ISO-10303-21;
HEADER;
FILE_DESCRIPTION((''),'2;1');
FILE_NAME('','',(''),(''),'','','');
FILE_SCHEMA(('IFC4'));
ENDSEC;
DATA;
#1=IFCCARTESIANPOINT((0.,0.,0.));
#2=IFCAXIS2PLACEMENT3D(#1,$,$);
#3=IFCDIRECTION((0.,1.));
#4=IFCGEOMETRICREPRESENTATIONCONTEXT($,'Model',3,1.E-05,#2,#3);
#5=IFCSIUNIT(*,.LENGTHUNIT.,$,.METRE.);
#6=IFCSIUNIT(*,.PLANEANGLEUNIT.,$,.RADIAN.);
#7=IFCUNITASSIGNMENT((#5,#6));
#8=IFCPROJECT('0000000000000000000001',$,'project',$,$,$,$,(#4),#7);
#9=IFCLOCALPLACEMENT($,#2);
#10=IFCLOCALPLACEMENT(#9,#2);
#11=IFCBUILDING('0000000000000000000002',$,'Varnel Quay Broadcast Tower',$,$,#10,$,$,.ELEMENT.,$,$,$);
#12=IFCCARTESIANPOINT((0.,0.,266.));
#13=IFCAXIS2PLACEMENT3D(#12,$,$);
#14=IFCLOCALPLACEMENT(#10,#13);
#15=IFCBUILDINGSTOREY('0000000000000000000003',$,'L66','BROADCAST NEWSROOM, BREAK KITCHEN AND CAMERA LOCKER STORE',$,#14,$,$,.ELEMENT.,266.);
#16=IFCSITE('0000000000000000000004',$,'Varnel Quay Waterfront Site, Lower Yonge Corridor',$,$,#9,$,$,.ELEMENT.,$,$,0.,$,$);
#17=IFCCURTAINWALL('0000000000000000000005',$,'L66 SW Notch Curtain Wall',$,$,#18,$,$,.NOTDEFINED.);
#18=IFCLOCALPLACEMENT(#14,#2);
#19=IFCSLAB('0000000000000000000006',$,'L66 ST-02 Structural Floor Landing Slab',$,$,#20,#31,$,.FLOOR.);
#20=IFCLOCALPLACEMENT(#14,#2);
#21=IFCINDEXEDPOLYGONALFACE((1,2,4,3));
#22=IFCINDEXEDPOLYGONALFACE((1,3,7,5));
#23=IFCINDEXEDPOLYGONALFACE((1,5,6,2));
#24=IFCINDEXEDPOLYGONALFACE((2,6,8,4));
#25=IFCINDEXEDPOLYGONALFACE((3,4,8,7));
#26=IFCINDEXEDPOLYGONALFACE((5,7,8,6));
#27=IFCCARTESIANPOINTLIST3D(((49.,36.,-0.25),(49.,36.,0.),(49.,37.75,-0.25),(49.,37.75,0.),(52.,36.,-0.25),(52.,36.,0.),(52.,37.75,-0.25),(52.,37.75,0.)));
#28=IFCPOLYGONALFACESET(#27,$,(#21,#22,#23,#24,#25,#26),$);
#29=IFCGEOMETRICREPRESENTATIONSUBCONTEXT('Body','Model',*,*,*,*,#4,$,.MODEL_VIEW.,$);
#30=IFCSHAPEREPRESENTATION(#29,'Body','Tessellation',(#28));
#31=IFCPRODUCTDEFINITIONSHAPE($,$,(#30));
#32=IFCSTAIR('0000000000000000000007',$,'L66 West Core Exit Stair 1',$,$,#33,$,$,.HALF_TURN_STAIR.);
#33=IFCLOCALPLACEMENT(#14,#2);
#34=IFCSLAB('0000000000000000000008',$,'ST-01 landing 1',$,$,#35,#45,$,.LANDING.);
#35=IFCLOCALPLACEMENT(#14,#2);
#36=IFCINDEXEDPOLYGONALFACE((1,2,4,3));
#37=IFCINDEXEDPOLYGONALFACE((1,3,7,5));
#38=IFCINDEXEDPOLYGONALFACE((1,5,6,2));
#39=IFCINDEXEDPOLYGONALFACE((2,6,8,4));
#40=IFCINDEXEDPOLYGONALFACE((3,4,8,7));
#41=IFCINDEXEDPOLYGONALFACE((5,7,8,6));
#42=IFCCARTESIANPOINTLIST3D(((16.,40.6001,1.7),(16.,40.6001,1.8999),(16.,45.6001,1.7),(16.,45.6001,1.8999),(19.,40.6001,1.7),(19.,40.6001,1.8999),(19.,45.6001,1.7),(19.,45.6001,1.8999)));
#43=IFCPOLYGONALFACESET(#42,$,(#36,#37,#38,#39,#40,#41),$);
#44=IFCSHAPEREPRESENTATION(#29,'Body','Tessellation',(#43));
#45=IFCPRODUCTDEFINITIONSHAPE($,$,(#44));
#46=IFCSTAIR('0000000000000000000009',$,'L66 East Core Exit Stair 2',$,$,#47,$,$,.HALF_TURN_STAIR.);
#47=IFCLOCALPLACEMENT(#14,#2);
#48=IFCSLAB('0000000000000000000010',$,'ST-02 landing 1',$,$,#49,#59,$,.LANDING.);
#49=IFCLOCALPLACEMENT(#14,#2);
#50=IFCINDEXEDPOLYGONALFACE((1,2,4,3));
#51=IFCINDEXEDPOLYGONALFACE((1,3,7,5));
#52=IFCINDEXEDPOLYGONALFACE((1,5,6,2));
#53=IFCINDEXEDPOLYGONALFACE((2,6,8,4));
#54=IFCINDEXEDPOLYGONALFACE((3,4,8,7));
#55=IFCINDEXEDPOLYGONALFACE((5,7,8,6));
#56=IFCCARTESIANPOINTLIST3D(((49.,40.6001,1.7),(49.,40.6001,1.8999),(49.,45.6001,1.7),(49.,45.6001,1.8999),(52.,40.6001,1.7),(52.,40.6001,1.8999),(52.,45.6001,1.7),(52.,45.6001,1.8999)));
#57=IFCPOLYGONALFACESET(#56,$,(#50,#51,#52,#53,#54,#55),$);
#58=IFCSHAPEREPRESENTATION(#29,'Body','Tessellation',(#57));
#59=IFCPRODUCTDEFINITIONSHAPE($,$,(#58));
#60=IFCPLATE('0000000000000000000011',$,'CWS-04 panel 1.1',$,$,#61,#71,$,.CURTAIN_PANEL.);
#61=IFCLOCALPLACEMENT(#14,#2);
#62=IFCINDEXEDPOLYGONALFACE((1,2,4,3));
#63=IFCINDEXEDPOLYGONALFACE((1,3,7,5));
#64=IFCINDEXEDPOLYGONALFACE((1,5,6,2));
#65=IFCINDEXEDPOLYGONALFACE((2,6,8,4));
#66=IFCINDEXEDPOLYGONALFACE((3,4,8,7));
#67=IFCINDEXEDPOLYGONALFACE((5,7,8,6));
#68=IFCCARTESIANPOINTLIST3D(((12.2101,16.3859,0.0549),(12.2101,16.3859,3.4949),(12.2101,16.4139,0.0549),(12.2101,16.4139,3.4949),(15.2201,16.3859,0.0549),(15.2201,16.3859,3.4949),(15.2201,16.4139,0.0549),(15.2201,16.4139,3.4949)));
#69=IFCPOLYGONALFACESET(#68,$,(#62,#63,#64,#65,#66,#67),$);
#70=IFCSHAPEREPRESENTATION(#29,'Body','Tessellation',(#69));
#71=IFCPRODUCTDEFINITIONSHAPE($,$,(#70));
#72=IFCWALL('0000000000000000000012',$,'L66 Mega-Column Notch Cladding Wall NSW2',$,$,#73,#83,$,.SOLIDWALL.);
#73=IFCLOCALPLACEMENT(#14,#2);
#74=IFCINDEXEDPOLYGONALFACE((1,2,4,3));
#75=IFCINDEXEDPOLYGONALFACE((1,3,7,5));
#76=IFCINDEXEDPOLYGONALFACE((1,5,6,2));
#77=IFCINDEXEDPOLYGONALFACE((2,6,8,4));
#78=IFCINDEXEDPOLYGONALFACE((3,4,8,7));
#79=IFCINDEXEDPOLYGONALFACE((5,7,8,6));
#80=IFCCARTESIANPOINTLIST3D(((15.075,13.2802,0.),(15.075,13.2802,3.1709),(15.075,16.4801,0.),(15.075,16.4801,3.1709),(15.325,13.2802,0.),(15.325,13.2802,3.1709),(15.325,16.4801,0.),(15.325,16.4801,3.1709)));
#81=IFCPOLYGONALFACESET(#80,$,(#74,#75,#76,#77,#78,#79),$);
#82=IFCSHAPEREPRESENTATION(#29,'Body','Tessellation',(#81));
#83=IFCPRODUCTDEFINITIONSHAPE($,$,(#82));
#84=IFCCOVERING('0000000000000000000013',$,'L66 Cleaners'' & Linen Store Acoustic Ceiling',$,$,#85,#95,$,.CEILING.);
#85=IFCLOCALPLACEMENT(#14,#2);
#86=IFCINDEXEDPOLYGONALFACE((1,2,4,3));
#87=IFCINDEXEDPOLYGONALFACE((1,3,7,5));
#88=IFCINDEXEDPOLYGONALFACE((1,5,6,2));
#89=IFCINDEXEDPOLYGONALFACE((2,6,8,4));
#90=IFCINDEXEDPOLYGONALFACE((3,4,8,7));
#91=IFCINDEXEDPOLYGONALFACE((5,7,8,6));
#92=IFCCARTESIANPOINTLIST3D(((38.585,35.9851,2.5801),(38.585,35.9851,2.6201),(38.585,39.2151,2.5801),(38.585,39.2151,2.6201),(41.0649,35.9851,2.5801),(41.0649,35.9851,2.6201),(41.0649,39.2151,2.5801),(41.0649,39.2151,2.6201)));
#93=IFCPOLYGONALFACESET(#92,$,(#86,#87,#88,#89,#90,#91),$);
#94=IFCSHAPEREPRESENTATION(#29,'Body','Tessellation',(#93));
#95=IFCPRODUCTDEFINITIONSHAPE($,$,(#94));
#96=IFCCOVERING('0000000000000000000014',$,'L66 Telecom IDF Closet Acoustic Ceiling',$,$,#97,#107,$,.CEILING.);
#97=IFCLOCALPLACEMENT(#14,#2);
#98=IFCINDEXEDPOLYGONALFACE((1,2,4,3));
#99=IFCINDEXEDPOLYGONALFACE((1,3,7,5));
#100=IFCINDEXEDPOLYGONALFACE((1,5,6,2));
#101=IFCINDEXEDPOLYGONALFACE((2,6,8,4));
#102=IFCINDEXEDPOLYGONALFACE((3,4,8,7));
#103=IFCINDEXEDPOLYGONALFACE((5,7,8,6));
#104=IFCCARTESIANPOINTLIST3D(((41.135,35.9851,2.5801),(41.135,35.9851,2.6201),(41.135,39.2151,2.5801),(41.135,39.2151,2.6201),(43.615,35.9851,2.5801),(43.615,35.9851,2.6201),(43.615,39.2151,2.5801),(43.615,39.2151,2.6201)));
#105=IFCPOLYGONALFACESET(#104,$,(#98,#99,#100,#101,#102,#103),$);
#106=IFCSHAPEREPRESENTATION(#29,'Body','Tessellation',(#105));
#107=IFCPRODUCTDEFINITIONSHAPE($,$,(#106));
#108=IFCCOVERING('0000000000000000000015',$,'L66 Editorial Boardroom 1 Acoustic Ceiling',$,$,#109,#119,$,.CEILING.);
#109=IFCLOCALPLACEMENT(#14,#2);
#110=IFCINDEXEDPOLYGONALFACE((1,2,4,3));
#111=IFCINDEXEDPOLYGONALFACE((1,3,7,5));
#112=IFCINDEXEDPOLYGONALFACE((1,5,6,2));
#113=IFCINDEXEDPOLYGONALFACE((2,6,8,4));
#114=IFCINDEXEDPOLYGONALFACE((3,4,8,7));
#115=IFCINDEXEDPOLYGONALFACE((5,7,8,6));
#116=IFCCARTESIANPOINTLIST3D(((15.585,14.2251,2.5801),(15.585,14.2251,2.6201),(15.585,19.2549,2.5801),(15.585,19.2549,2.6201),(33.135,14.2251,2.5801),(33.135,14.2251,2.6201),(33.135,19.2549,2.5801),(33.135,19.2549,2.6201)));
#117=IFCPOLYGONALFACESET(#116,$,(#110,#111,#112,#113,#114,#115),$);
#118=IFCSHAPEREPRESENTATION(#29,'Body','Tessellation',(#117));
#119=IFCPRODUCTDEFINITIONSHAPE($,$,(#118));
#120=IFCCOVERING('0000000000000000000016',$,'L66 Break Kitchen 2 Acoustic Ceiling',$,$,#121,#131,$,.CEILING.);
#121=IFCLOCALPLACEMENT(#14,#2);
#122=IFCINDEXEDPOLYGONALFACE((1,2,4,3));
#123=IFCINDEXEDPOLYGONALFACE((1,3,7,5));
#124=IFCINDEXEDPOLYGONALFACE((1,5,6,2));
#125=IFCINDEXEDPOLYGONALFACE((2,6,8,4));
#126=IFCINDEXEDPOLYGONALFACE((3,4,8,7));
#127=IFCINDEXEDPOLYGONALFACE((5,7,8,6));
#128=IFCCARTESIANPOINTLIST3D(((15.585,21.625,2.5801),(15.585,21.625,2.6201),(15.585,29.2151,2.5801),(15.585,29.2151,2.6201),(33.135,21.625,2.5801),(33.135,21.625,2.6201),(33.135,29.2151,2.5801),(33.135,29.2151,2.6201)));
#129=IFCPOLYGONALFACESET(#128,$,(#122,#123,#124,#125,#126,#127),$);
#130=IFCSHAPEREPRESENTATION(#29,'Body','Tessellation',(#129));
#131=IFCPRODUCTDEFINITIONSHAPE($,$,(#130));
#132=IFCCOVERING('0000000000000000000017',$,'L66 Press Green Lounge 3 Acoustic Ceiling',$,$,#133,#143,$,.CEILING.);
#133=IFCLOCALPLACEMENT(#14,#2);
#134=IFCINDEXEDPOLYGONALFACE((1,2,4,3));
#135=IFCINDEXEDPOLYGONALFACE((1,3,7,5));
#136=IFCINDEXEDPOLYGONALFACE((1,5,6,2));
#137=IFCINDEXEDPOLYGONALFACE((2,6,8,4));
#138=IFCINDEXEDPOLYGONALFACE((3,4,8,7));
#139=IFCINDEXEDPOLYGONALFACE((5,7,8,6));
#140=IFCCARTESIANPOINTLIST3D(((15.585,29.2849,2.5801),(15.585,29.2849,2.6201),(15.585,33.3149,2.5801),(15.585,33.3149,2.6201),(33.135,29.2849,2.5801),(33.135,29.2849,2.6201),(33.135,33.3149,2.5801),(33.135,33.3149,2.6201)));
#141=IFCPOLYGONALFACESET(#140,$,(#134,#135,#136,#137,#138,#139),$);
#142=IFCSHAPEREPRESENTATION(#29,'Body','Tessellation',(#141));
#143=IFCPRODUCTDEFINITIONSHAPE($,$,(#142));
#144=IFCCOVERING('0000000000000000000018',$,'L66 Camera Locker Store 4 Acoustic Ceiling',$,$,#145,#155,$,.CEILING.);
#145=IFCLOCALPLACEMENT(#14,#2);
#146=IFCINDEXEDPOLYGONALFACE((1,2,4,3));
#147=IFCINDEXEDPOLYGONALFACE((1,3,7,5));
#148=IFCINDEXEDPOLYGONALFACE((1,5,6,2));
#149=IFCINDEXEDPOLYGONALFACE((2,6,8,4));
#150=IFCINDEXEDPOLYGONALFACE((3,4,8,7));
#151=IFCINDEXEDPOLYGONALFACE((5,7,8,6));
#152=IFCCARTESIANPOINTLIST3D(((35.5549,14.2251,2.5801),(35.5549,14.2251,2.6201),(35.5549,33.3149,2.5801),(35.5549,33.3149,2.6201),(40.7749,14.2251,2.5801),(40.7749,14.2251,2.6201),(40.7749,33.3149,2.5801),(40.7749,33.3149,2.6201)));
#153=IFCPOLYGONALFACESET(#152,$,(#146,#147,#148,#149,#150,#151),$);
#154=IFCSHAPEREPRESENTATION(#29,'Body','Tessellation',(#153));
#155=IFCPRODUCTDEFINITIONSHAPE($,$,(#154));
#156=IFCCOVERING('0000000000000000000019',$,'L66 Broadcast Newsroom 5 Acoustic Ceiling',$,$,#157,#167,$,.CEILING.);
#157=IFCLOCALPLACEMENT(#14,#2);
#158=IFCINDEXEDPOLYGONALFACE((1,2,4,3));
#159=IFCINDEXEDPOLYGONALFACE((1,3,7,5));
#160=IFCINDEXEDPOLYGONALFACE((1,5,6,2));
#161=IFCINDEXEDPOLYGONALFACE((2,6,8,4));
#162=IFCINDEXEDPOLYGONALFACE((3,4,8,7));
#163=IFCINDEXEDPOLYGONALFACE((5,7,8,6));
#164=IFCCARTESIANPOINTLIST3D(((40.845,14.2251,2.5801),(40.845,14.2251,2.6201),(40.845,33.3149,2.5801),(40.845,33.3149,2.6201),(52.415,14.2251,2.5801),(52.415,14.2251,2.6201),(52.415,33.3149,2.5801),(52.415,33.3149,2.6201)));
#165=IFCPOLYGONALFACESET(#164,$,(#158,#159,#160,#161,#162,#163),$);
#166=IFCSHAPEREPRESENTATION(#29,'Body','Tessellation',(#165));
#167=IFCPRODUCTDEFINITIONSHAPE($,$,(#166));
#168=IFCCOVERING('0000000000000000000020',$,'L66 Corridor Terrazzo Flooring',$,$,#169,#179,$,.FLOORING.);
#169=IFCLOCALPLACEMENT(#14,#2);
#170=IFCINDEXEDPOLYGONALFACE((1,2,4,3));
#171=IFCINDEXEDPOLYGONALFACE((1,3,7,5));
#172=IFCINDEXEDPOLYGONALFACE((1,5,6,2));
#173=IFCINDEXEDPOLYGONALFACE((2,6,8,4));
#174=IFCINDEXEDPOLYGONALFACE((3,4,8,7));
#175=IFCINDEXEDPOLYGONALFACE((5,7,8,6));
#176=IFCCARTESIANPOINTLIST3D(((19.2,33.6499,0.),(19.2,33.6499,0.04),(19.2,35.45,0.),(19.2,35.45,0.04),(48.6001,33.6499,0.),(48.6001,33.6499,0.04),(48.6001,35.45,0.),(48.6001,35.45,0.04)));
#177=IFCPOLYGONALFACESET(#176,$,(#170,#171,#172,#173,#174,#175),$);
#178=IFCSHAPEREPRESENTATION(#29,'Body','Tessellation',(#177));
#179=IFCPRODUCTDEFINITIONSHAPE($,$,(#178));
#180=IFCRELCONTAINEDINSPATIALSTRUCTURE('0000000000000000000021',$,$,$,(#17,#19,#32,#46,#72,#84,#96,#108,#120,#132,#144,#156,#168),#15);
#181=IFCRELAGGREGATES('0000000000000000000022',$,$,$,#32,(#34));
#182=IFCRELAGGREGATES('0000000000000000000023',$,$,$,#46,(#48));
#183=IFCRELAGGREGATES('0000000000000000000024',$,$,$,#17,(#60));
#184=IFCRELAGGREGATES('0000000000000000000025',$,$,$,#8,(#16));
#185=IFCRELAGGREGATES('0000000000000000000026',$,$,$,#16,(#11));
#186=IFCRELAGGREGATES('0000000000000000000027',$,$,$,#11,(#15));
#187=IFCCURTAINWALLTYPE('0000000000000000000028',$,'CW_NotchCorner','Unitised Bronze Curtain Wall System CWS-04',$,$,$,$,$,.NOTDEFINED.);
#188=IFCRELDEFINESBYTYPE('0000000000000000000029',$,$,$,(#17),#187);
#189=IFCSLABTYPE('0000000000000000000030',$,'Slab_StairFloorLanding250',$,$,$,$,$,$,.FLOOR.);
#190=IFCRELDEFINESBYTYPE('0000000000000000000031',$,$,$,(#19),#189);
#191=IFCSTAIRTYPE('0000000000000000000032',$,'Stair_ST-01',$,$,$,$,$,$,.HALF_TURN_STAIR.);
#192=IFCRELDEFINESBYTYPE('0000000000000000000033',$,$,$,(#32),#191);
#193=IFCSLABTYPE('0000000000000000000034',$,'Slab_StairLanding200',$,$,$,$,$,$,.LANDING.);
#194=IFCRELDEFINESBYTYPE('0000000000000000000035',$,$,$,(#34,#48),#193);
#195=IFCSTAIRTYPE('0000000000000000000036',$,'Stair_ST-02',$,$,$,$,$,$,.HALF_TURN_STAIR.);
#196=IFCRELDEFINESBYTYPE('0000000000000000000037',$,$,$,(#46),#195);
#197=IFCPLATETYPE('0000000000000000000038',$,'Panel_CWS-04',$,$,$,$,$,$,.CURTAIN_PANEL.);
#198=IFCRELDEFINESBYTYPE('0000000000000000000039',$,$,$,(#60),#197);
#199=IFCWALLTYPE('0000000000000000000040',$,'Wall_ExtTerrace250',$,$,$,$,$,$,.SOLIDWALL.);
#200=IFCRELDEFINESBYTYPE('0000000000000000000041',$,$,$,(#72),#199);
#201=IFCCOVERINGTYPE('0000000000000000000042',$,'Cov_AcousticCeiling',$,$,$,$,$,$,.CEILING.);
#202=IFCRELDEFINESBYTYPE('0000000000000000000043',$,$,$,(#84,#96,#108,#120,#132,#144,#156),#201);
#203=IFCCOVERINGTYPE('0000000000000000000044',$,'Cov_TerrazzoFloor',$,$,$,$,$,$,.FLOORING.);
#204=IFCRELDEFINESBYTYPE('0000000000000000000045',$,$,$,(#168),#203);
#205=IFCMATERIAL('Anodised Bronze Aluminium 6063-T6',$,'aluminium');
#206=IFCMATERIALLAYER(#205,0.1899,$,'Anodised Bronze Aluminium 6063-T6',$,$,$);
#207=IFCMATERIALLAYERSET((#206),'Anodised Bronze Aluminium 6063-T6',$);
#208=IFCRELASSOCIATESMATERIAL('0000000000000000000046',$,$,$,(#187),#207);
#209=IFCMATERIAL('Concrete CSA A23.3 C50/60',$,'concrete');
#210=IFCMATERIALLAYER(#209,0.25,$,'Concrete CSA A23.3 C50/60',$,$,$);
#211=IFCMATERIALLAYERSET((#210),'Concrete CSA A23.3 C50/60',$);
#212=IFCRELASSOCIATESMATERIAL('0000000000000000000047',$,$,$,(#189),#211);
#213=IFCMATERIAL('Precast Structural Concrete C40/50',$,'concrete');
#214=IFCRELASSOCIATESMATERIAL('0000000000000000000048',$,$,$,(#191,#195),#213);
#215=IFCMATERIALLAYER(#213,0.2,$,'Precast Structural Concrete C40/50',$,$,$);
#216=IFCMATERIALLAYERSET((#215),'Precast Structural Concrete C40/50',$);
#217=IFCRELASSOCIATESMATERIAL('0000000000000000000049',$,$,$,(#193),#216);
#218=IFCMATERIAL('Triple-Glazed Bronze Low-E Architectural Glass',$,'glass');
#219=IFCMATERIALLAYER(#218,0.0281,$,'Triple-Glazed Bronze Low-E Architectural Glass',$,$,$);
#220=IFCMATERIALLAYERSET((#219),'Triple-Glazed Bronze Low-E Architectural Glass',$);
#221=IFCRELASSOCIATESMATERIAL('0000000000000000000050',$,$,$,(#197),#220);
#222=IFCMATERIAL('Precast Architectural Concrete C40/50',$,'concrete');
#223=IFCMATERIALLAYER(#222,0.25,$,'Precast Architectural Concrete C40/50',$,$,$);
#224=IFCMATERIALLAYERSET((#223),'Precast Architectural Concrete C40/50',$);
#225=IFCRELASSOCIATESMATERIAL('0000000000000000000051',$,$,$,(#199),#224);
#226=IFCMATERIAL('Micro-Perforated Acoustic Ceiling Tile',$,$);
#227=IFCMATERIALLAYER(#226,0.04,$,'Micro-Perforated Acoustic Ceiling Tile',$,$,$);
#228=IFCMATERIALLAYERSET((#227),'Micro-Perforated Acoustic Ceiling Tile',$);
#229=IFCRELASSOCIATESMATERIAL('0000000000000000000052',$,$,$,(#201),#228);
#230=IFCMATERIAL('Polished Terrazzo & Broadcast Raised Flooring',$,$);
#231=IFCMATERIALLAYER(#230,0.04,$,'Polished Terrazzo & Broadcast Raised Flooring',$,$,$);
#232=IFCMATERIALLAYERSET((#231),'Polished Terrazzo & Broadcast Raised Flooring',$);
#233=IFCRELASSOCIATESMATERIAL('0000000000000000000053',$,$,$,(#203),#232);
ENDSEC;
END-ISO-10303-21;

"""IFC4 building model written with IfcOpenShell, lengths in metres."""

from ifc_helpers import new_model, si_unit, direction, frame, frame_2d, origin, origin_2d, place, context, subcontext, project, spatial, polyline, rectangle, outline, extrude, source, transform, mapped, material, layer, layer_set, type_object, type_shapes, element, aggregate, save


model = new_model("IFC4")

# Units and contexts
model_context = context("Model", 3, precision=1e-05, world=origin(), true_north=direction((0.0, 1.0)))
body_context = subcontext(model_context, "Body", "Model", "MODEL_VIEW")
ifc_project = project(units=[si_unit("LENGTHUNIT", "METRE"), si_unit("PLANEANGLEUNIT", "RADIAN")], contexts=[model_context])

# Site, building, storey
site_placement = place(None, origin())
site = spatial("IfcSite", under=ifc_project, at=site_placement, Name="Varnel Quay Waterfront Site, Lower Yonge Corridor", CompositionType="ELEMENT", RefElevation=0.0)
building_placement = place(site_placement, origin())
building = spatial("IfcBuilding", under=site, at=building_placement, Name="Varnel Quay Broadcast Tower", CompositionType="ELEMENT")
storey_placement = place(building_placement, frame((0.0, 0.0, 266.0)))
storey = spatial("IfcBuildingStorey", under=building, at=storey_placement, Name="L66", Description="BROADCAST NEWSROOM, BREAK KITCHEN AND CAMERA LOCKER STORE", CompositionType="ELEMENT", Elevation=266.0)

# Curtain wall
ifc_material_1 = material(Name="Anodised Bronze Aluminium 6063-T6", Category="aluminium")
ifc_layer_1 = layer(ifc_material_1, 0.1899, Name="Anodised Bronze Aluminium 6063-T6")
ifc_layer_set_1 = layer_set([ifc_layer_1], Name="Anodised Bronze Aluminium 6063-T6")
curtain_wall_type_1 = type_object("IfcCurtainWallType", Name="CW_NotchCorner", Description="Unitised Bronze Curtain Wall System CWS-04", PredefinedType="NOTDEFINED", material=ifc_layer_set_1)
curtain_wall_1_placement = place(storey_placement, origin())
curtain_wall_1 = element("IfcCurtainWall", 1, at=curtain_wall_1_placement, inside=storey, type_object=curtain_wall_type_1, Name="L66 SW Notch Curtain Wall", PredefinedType="NOTDEFINED")

# Slab
ifc_material_2 = material(Name="Concrete CSA A23.3 C50/60", Category="concrete")
ifc_layer_2 = layer(ifc_material_2, 0.25, Name="Concrete CSA A23.3 C50/60")
ifc_layer_set_2 = layer_set([ifc_layer_2], Name="Concrete CSA A23.3 C50/60")
slab_type_1 = type_object("IfcSlabType", Name="Slab_StairFloorLanding250", PredefinedType="FLOOR", material=ifc_layer_set_2)
slab_1_placement = place(storey_placement, frame((0.0, 0.0, -0.25)))
element("IfcSlab", 2, at=slab_1_placement, inside=storey, type_object=slab_type_1, Name="L66 ST-02 Structural Floor Landing Slab", PredefinedType="FLOOR", context=body_context, shape_type="SweptSolid", body=[
    extrude(outline(polyline([(52.0, 36.0), (52.0, 37.75), (49.0, 37.75), (49.0, 36.0), (52.0, 36.0)])), origin(), (0.0, 0.0, 1.0), 0.25),
])

# Stairs, slabs
ifc_material_3 = material(Name="Precast Structural Concrete C40/50", Category="concrete")
stair_type_1 = type_object("IfcStairType", Name="Stair_ST-01", PredefinedType="HALF_TURN_STAIR", material=ifc_material_3)
stair_1_placement = place(storey_placement, origin())
stair_1 = element("IfcStair", 3, at=stair_1_placement, inside=storey, type_object=stair_type_1, Name="L66 West Core Exit Stair 1", PredefinedType="HALF_TURN_STAIR")
ifc_layer_3 = layer(ifc_material_3, 0.2, Name="Precast Structural Concrete C40/50")
ifc_layer_set_3 = layer_set([ifc_layer_3], Name="Precast Structural Concrete C40/50")
slab_type_2 = type_object("IfcSlabType", Name="Slab_StairLanding200", PredefinedType="LANDING", material=ifc_layer_set_3)
slab_2_placement = place(storey_placement, frame((0.0, 0.0, 1.7)))
slab_2 = element("IfcSlab", 4, at=slab_2_placement, type_object=slab_type_2, Name="ST-01 landing 1", PredefinedType="LANDING", context=body_context, shape_type="SweptSolid", body=[
    extrude(outline(polyline([(19.0, 40.6001), (19.0, 45.6001), (16.0, 45.6001), (16.0, 40.6001), (19.0, 40.6001)])), origin(), (0.0, 0.0, 1.0), 0.2),
])
aggregate(stair_1, [slab_2])
stair_type_2 = type_object("IfcStairType", Name="Stair_ST-02", PredefinedType="HALF_TURN_STAIR", material=ifc_material_3)
stair_2_placement = place(storey_placement, origin())
stair_2 = element("IfcStair", 5, at=stair_2_placement, inside=storey, type_object=stair_type_2, Name="L66 East Core Exit Stair 2", PredefinedType="HALF_TURN_STAIR")
slab_3_placement = place(storey_placement, frame((0.0, 0.0, 1.7)))
slab_3 = element("IfcSlab", 6, at=slab_3_placement, type_object=slab_type_2, Name="ST-02 landing 1", PredefinedType="LANDING", context=body_context, shape_type="SweptSolid", body=[
    extrude(outline(polyline([(52.0, 40.6001), (52.0, 45.6001), (49.0, 45.6001), (49.0, 40.6001), (52.0, 40.6001)])), origin(), (0.0, 0.0, 1.0), 0.2),
])
aggregate(stair_2, [slab_3])

# Plate
ifc_material_4 = material(Name="Triple-Glazed Bronze Low-E Architectural Glass", Category="glass")
ifc_layer_4 = layer(ifc_material_4, 0.0281, Name="Triple-Glazed Bronze Low-E Architectural Glass")
ifc_layer_set_4 = layer_set([ifc_layer_4], Name="Triple-Glazed Bronze Low-E Architectural Glass")
plate_type = type_object("IfcPlateType", Name="Panel_CWS-04", PredefinedType="CURTAIN_PANEL", material=ifc_layer_set_4)
shared_shape_1 = source(origin(), body_context, "Body", "SweptSolid", [
    extrude(rectangle(XDim=3.01, YDim=0.0281, at=origin_2d()), origin(), (0.0, 0.0, 1.0), 3.4399),
])
type_shapes(plate_type, [shared_shape_1])
plate_placement = place(storey_placement, frame((13.7151, 16.3999, 0.0549), z_axis=(0.0, 0.0, 1.0), x_axis=(1.0, 0.0, 0.0)))
plate = element("IfcPlate", 7, at=plate_placement, type_object=plate_type, Name="CWS-04 panel 1.1", PredefinedType="CURTAIN_PANEL", context=body_context, shape_type="MappedRepresentation", body=[
    mapped(shared_shape_1, transform((0.0, 0.0, 0.0), x_axis=(1.0, 0.0, 0.0), y_axis=(0.0, 1.0, 0.0), z_axis=(0.0, 0.0, 1.0), scale=1.0)),
])
aggregate(curtain_wall_1, [plate])

# Wall
ifc_material_5 = material(Name="Precast Architectural Concrete C40/50", Category="concrete")
ifc_layer_5 = layer(ifc_material_5, 0.25, Name="Precast Architectural Concrete C40/50")
ifc_layer_set_5 = layer_set([ifc_layer_5], Name="Precast Architectural Concrete C40/50")
wall_type = type_object("IfcWallType", Name="Wall_ExtTerrace250", PredefinedType="SOLIDWALL", material=ifc_layer_set_5)
wall_placement = place(storey_placement, frame((15.2, 13.28, 0.0), z_axis=(0.0, 0.0, 1.0), x_axis=(0.0, 1.0, 0.0)))
element("IfcWall", 8, at=wall_placement, inside=storey, type_object=wall_type, Name="L66 Mega-Column Notch Cladding Wall NSW2", PredefinedType="SOLIDWALL", context=body_context, shape_type="SweptSolid", body=[
    extrude(rectangle(XDim=3.2, YDim=0.25, at=frame_2d((1.6001, 0.0))), origin(), (0.0, 0.0, 1.0), 3.1709),
])

# Coverings
ifc_material_6 = material(Name="Micro-Perforated Acoustic Ceiling Tile")
ifc_layer_6 = layer(ifc_material_6, 0.04, Name="Micro-Perforated Acoustic Ceiling Tile")
ifc_layer_set_6 = layer_set([ifc_layer_6], Name="Micro-Perforated Acoustic Ceiling Tile")
covering_type_1 = type_object("IfcCoveringType", Name="Cov_AcousticCeiling", PredefinedType="CEILING", material=ifc_layer_set_6)
covering_1_placement = place(storey_placement, frame((0.0, 0.0, 2.5801)))
element("IfcCovering", 9, at=covering_1_placement, inside=storey, type_object=covering_type_1, Name="L66 Cleaners' & Linen Store Acoustic Ceiling", PredefinedType="CEILING", context=body_context, shape_type="SweptSolid", body=[
    extrude(outline(polyline([(38.585, 35.9851), (41.0649, 35.9851), (41.0649, 39.2151), (38.585, 39.2151), (38.585, 35.9851)])), origin(), (0.0, 0.0, 1.0), 0.04),
])
covering_2_placement = place(storey_placement, frame((0.0, 0.0, 2.5801)))
element("IfcCovering", 10, at=covering_2_placement, inside=storey, type_object=covering_type_1, Name="L66 Telecom IDF Closet Acoustic Ceiling", PredefinedType="CEILING", context=body_context, shape_type="SweptSolid", body=[
    extrude(outline(polyline([(41.135, 35.9851), (43.615, 35.9851), (43.615, 39.2151), (41.135, 39.2151), (41.135, 35.9851)])), origin(), (0.0, 0.0, 1.0), 0.04),
])
covering_3_placement = place(storey_placement, frame((0.0, 0.0, 2.5801)))
element("IfcCovering", 11, at=covering_3_placement, inside=storey, type_object=covering_type_1, Name="L66 Editorial Boardroom 1 Acoustic Ceiling", PredefinedType="CEILING", context=body_context, shape_type="SweptSolid", body=[
    extrude(outline(polyline([(15.585, 14.2251), (33.135, 14.2251), (33.135, 19.2549), (15.585, 19.2549), (15.585, 14.2251)])), origin(), (0.0, 0.0, 1.0), 0.04),
])
covering_4_placement = place(storey_placement, frame((0.0, 0.0, 2.5801)))
element("IfcCovering", 12, at=covering_4_placement, inside=storey, type_object=covering_type_1, Name="L66 Break Kitchen 2 Acoustic Ceiling", PredefinedType="CEILING", context=body_context, shape_type="SweptSolid", body=[
    extrude(outline(polyline([(15.585, 21.625), (33.135, 21.625), (33.135, 29.2151), (15.585, 29.2151), (15.585, 21.625)])), origin(), (0.0, 0.0, 1.0), 0.04),
])
covering_5_placement = place(storey_placement, frame((0.0, 0.0, 2.5801)))
element("IfcCovering", 13, at=covering_5_placement, inside=storey, type_object=covering_type_1, Name="L66 Press Green Lounge 3 Acoustic Ceiling", PredefinedType="CEILING", context=body_context, shape_type="SweptSolid", body=[
    extrude(outline(polyline([(15.585, 29.2849), (33.135, 29.2849), (33.135, 33.3149), (15.585, 33.3149), (15.585, 29.2849)])), origin(), (0.0, 0.0, 1.0), 0.04),
])
covering_6_placement = place(storey_placement, frame((0.0, 0.0, 2.5801)))
element("IfcCovering", 14, at=covering_6_placement, inside=storey, type_object=covering_type_1, Name="L66 Camera Locker Store 4 Acoustic Ceiling", PredefinedType="CEILING", context=body_context, shape_type="SweptSolid", body=[
    extrude(outline(polyline([(35.5549, 14.2251), (40.7749, 14.2251), (40.7749, 33.3149), (35.5549, 33.3149), (35.5549, 14.2251)])), origin(), (0.0, 0.0, 1.0), 0.04),
])
covering_7_placement = place(storey_placement, frame((0.0, 0.0, 2.5801)))
element("IfcCovering", 15, at=covering_7_placement, inside=storey, type_object=covering_type_1, Name="L66 Broadcast Newsroom 5 Acoustic Ceiling", PredefinedType="CEILING", context=body_context, shape_type="SweptSolid", body=[
    extrude(outline(polyline([(40.845, 14.2251), (52.415, 14.2251), (52.415, 33.3149), (40.845, 33.3149), (40.845, 14.2251)])), origin(), (0.0, 0.0, 1.0), 0.04),
])
ifc_material_7 = material(Name="Polished Terrazzo & Broadcast Raised Flooring")
ifc_layer_7 = layer(ifc_material_7, 0.04, Name="Polished Terrazzo & Broadcast Raised Flooring")
ifc_layer_set_7 = layer_set([ifc_layer_7], Name="Polished Terrazzo & Broadcast Raised Flooring")
covering_type_2 = type_object("IfcCoveringType", Name="Cov_TerrazzoFloor", PredefinedType="FLOORING", material=ifc_layer_set_7)
covering_8_placement = place(storey_placement, origin())
element("IfcCovering", 16, at=covering_8_placement, inside=storey, type_object=covering_type_2, Name="L66 Corridor Terrazzo Flooring", PredefinedType="FLOORING", context=body_context, shape_type="SweptSolid", body=[
    extrude(outline(polyline([(19.2, 33.6499), (48.6001, 33.6499), (48.6001, 35.45), (19.2, 35.45), (19.2, 33.6499)])), origin(), (0.0, 0.0, 1.0), 0.04),
])

save(model, "model.ifc")
